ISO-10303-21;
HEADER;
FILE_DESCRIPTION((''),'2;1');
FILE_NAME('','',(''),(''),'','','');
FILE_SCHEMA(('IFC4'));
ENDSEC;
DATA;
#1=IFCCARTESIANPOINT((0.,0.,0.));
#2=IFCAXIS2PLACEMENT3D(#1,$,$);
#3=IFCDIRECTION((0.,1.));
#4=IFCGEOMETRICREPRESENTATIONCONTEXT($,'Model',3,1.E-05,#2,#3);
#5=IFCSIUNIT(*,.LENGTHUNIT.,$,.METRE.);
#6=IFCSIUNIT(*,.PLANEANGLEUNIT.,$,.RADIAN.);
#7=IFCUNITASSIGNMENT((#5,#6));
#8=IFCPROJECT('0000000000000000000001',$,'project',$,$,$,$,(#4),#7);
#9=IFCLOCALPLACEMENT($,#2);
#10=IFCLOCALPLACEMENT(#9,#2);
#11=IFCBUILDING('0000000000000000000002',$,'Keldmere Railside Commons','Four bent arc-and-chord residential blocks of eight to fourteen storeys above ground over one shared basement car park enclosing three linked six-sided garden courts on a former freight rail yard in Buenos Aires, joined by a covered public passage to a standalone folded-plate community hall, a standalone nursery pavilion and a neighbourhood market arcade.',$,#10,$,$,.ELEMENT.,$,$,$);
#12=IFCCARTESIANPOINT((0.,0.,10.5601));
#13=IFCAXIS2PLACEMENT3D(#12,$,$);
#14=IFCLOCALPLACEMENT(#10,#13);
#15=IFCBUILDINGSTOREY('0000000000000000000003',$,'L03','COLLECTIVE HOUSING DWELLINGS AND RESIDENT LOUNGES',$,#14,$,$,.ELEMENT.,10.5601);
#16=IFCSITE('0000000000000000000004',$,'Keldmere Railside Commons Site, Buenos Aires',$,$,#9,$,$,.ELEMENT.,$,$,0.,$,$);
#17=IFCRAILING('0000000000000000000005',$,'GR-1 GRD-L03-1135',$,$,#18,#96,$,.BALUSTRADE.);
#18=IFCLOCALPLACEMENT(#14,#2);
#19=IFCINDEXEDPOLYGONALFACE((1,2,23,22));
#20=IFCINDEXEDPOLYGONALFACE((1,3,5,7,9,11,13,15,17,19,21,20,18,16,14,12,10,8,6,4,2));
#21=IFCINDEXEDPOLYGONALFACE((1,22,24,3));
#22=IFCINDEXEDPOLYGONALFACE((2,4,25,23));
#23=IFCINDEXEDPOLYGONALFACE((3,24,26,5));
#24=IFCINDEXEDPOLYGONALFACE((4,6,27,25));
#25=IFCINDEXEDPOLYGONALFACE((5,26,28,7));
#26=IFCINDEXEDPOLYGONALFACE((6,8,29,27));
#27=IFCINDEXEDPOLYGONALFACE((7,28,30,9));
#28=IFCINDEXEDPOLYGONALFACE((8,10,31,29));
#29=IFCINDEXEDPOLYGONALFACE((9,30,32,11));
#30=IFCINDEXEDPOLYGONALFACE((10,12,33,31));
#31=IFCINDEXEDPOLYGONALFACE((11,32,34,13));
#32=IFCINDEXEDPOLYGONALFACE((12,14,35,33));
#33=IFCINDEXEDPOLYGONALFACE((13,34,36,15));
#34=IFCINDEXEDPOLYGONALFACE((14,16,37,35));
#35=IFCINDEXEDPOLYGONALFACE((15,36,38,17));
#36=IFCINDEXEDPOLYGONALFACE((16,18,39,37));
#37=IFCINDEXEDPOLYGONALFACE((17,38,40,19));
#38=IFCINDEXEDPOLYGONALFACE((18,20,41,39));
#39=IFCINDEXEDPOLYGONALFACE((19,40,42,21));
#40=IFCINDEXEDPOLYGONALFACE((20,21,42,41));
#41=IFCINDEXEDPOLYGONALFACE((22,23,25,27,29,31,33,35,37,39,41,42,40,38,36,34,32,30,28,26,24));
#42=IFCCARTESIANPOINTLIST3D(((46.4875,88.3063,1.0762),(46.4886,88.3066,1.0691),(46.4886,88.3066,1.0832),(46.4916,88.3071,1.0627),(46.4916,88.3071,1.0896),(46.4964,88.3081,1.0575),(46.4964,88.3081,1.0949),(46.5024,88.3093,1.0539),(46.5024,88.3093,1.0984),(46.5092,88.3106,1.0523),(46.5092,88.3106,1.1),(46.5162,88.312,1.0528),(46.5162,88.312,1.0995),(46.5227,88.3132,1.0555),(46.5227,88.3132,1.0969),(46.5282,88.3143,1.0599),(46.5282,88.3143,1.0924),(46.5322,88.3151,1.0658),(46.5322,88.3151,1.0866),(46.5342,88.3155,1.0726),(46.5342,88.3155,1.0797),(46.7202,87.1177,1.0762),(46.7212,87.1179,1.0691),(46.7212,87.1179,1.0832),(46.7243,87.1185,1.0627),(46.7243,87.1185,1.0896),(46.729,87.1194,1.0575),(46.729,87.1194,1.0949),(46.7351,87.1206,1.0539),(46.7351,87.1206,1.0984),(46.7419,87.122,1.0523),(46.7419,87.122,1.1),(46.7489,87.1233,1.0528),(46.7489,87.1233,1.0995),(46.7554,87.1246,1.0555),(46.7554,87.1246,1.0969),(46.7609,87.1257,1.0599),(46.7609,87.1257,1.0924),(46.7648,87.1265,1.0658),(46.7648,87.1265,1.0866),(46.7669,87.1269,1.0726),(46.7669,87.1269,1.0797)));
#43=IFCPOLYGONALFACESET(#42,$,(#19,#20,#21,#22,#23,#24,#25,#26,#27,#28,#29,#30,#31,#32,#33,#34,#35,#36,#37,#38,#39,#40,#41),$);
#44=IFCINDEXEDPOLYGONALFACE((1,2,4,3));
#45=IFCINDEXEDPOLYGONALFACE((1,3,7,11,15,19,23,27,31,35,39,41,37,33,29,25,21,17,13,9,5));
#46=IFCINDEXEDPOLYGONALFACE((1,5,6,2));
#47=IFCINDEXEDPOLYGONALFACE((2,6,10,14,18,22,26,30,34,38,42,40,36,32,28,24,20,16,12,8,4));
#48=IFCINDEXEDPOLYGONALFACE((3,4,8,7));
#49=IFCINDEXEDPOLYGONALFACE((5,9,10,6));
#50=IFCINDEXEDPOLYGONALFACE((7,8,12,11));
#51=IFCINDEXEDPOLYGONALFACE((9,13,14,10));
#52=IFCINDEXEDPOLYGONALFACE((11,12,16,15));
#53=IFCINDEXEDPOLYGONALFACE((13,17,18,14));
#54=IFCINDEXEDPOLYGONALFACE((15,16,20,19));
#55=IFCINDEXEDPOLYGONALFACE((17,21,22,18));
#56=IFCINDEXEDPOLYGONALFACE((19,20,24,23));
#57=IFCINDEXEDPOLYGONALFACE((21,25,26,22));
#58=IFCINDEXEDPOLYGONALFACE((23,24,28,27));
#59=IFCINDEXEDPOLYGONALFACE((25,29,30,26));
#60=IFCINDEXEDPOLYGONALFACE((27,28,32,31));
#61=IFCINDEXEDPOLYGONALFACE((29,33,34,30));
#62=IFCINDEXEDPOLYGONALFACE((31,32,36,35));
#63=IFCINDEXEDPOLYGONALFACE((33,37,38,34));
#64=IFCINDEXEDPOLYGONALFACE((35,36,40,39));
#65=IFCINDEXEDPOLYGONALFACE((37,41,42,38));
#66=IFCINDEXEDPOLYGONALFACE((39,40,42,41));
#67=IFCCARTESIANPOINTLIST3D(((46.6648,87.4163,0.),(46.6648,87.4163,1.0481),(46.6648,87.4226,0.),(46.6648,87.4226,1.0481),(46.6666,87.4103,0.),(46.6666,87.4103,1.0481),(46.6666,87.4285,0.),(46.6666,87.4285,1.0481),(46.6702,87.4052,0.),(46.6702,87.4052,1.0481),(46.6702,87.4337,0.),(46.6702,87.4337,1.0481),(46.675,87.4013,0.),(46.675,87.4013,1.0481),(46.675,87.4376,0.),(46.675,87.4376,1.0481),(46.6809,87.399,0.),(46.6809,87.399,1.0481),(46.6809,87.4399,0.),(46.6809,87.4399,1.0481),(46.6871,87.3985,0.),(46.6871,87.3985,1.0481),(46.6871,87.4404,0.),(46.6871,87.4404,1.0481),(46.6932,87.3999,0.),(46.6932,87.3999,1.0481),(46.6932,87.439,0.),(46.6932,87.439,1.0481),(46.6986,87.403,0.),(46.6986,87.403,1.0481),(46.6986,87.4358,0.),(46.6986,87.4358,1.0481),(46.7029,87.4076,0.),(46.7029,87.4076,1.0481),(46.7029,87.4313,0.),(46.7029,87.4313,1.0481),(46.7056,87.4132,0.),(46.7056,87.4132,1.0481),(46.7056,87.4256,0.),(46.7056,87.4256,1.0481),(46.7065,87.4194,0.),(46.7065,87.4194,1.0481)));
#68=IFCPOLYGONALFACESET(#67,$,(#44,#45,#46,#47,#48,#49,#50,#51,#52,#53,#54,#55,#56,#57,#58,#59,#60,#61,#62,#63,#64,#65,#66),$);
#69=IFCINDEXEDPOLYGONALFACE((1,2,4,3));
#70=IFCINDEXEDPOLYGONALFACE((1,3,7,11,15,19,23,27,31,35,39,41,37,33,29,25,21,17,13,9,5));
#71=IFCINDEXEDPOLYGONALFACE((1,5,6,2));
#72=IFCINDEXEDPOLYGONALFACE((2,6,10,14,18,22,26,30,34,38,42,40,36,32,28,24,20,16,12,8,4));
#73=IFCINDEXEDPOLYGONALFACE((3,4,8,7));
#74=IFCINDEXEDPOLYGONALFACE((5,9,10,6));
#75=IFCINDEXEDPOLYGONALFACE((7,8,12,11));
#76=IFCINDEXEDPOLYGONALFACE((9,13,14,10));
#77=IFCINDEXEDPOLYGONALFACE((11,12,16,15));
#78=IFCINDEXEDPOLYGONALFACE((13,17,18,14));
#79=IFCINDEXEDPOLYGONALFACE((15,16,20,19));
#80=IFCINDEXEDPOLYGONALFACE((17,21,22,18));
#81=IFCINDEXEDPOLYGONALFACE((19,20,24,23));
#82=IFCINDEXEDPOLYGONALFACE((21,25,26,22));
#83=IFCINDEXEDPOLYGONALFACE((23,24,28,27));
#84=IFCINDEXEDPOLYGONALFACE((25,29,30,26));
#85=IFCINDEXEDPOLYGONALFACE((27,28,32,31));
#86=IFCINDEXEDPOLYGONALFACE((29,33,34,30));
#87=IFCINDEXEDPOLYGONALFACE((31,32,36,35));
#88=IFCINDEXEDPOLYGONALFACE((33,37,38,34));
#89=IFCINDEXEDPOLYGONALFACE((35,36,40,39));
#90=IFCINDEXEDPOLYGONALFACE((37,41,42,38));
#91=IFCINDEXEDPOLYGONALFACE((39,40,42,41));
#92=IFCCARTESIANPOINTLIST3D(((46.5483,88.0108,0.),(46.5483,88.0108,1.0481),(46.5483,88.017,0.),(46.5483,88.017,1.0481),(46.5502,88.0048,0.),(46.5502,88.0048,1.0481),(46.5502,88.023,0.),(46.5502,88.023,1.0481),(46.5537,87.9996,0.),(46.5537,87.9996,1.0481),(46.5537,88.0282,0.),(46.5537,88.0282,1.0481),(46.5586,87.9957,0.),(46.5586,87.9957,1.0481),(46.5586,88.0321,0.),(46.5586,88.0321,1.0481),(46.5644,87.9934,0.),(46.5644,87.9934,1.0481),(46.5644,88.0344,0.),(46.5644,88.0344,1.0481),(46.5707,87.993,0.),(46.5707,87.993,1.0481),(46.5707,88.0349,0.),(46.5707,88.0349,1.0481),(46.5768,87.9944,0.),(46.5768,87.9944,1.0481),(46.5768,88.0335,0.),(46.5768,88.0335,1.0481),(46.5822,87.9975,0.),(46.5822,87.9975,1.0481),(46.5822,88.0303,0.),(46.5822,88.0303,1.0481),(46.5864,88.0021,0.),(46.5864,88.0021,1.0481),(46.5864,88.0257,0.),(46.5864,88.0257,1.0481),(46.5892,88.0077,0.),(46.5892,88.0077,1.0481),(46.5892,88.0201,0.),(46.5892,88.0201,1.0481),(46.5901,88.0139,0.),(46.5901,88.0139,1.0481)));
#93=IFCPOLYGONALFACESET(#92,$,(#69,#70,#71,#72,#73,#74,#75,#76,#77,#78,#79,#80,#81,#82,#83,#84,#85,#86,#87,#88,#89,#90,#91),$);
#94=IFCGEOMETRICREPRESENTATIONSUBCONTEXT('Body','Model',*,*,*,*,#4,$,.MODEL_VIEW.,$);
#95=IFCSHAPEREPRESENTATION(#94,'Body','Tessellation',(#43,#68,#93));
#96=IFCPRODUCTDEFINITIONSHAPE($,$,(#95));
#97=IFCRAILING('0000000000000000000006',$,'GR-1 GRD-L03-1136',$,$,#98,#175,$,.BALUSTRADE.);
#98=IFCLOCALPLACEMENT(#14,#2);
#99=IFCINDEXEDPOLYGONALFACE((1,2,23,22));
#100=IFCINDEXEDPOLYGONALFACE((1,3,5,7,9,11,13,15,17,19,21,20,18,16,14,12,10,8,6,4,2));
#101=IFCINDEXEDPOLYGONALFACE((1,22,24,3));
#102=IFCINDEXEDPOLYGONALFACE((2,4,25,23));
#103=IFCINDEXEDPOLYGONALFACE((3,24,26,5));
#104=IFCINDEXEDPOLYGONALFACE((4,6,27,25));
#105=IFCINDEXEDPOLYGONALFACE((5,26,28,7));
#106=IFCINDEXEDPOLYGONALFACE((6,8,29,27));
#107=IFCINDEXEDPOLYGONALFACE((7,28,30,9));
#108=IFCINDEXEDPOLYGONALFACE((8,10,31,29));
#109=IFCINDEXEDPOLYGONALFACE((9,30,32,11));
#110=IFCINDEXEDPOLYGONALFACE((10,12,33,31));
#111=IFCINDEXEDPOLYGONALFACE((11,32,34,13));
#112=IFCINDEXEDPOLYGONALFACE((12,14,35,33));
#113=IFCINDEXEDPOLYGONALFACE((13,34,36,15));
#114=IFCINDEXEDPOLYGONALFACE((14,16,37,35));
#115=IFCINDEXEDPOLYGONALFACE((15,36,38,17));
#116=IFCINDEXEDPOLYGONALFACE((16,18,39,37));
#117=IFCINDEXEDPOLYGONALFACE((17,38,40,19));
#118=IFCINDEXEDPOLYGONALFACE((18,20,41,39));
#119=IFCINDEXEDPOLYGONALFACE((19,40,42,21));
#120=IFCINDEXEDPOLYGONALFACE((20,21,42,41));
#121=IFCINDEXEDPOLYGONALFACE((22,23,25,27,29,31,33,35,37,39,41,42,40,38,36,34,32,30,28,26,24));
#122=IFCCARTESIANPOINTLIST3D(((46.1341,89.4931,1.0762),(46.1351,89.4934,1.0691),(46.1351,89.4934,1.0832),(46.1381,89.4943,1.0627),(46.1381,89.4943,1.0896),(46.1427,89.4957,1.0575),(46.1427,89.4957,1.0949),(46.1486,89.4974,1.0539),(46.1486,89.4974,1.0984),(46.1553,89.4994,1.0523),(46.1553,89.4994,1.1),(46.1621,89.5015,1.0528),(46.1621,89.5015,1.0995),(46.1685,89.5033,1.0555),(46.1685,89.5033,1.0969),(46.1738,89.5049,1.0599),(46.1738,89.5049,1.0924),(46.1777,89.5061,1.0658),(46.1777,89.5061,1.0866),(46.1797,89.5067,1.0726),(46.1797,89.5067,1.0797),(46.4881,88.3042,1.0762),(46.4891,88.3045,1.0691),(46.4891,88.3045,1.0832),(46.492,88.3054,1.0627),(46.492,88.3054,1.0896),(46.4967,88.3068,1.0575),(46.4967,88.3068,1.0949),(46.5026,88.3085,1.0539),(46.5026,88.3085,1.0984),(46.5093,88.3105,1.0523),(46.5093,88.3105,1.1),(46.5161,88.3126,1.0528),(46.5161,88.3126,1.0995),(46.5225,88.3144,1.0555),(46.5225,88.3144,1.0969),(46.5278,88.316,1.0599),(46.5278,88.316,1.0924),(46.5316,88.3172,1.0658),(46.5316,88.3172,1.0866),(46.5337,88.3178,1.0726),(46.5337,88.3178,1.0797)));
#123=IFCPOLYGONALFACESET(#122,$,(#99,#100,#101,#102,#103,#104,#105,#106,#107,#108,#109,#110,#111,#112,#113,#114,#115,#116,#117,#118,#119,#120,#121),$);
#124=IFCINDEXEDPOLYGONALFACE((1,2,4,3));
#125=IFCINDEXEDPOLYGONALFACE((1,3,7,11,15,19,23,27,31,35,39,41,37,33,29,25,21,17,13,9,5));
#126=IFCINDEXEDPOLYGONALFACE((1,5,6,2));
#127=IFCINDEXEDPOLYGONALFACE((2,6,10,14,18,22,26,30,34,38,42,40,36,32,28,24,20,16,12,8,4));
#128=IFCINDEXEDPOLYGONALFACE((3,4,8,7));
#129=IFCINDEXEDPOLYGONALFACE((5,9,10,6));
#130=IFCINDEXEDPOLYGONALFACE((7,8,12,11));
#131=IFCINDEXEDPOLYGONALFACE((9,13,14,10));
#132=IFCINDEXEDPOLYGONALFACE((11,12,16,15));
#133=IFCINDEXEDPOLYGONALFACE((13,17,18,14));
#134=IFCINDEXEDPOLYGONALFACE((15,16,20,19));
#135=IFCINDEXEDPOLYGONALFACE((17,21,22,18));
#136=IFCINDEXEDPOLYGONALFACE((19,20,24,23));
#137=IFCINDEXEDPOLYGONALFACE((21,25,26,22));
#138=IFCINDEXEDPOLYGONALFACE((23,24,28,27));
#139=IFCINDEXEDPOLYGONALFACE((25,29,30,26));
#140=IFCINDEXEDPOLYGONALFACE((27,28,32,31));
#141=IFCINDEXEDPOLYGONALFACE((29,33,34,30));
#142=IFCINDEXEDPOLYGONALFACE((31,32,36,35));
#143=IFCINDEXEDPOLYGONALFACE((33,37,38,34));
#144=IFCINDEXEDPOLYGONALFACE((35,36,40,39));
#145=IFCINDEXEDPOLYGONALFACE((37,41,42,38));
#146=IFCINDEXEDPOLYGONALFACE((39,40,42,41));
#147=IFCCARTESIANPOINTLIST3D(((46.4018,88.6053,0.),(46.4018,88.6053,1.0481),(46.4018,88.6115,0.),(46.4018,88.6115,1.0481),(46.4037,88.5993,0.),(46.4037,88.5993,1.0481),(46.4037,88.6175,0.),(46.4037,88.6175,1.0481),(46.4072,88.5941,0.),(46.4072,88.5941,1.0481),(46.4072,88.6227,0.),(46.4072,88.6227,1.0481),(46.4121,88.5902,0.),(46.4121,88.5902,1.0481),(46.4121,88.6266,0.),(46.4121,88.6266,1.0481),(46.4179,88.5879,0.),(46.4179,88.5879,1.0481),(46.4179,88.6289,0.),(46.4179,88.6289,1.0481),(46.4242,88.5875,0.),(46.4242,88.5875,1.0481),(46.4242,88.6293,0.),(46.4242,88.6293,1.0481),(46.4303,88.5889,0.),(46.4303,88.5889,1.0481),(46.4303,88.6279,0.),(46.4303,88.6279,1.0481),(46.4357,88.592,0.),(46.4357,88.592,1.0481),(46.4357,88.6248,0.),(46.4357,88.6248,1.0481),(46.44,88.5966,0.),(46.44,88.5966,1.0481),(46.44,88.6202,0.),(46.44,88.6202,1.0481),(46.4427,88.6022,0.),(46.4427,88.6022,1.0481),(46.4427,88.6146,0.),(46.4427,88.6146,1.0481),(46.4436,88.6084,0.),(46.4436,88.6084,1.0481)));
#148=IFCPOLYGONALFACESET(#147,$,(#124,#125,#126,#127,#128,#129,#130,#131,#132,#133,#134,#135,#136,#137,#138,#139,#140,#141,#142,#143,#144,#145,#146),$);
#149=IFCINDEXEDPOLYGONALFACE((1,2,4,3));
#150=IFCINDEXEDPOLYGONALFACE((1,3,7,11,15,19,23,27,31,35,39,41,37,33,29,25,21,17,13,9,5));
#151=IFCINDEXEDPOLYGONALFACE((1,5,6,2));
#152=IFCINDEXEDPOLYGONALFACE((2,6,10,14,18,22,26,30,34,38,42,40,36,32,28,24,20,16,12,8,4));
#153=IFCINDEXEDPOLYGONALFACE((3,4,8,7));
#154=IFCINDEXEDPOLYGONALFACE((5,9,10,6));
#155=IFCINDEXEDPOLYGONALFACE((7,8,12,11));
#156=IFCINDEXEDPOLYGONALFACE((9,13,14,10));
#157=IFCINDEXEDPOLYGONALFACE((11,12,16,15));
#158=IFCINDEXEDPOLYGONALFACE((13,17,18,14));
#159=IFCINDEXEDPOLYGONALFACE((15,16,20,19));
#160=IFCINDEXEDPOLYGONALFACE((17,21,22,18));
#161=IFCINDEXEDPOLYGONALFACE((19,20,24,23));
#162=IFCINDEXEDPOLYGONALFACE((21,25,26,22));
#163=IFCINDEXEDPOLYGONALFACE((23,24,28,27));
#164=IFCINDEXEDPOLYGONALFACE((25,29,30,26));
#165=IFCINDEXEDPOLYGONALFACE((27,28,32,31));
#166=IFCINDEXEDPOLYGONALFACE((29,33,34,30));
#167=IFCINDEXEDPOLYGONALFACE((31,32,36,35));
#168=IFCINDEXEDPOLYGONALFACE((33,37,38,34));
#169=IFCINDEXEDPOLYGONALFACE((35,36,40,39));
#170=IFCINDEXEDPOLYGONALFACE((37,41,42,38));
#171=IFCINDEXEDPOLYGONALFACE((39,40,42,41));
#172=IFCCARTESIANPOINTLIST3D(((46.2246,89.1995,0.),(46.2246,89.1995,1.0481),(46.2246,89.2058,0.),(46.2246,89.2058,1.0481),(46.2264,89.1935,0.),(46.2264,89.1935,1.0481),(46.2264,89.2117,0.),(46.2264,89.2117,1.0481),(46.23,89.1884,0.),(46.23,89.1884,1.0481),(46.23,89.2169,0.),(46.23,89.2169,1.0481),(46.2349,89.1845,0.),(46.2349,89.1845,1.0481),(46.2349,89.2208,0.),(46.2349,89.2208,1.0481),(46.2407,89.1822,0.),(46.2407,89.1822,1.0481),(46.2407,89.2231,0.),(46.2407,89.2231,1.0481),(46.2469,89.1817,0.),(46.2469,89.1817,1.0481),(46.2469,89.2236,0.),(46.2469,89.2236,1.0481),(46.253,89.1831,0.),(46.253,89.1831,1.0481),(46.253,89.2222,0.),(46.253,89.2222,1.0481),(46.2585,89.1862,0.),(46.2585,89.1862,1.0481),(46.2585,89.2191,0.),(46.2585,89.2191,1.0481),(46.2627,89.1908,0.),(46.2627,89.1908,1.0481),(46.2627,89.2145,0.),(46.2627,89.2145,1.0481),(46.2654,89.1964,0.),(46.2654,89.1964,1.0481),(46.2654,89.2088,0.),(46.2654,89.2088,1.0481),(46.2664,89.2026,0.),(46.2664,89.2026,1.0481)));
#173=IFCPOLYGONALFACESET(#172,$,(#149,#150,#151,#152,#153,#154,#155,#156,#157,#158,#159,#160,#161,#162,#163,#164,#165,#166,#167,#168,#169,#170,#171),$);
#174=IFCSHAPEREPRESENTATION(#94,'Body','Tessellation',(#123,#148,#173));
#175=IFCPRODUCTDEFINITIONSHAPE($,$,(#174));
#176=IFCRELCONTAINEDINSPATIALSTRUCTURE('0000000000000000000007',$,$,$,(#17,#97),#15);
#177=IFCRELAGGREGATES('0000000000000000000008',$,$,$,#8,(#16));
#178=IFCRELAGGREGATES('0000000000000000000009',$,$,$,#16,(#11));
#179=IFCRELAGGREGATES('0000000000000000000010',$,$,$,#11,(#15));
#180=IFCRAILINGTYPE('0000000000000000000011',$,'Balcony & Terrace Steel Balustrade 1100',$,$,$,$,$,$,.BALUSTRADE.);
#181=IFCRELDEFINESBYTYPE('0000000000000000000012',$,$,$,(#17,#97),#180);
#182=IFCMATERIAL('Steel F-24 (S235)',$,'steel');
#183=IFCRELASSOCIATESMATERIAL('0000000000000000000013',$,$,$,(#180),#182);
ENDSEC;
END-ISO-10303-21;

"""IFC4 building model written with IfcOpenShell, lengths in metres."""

from ifc_helpers import new_model, si_unit, direction, frame, origin, origin_2d, place, context, subcontext, project, spatial, circle, extrude, material, type_object, element, save


model = new_model("IFC4")

# Units and contexts
model_context = context("Model", 3, precision=1e-05, world=origin(), true_north=direction((0.0, 1.0)))
body_context = subcontext(model_context, "Body", "Model", "MODEL_VIEW")
ifc_project = project(units=[si_unit("LENGTHUNIT", "METRE"), si_unit("PLANEANGLEUNIT", "RADIAN")], contexts=[model_context])

# Site, building, storey
site_placement = place(None, origin())
site = spatial("IfcSite", under=ifc_project, at=site_placement, Name="Keldmere Railside Commons Site, Buenos Aires", CompositionType="ELEMENT", RefElevation=0.0)
building_placement = place(site_placement, origin())
building = spatial("IfcBuilding", under=site, at=building_placement, Name="Keldmere Railside Commons", Description="Four bent arc-and-chord residential blocks of eight to fourteen storeys above ground over one shared basement car park enclosing three linked six-sided garden courts on a former freight rail yard in Buenos Aires, joined by a covered public passage to a standalone folded-plate community hall, a standalone nursery pavilion and a neighbourhood market arcade.", CompositionType="ELEMENT")
storey_placement = place(building_placement, frame((0.0, 0.0, 10.5601)))
storey = spatial("IfcBuildingStorey", under=building, at=storey_placement, Name="L03", Description="COLLECTIVE HOUSING DWELLINGS AND RESIDENT LOUNGES", CompositionType="ELEMENT", Elevation=10.5601)

# Railings
ifc_material_1 = material(Name="Steel F-24 (S235)", Category="steel")
railing_type = type_object("IfcRailingType", Name="Balcony & Terrace Steel Balustrade 1100", PredefinedType="BALUSTRADE", material=ifc_material_1)
railing_1_placement = place(storey_placement, frame((46.7437, 87.1223, 0.0)))
element("IfcRailing", 1, at=railing_1_placement, inside=storey, type_object=railing_type, Name="GR-1 GRD-L03-1135", PredefinedType="BALUSTRADE", context=body_context, shape_type="SweptSolid", body=[
    extrude(circle(Radius=0.0239, at=origin_2d()), frame((0.0, 0.0, 1.0762), z_axis=(-0.192083, 0.981379, 0.0), x_axis=(-0.981379, -0.192083, 0.0)), (0.0, 0.0, 1.0), 1.2112),
    extrude(circle(Radius=0.021, at=origin_2d()), frame((-0.0581, 0.2971, 0.0)), (0.0, 0.0, 1.0), 1.0481),
    extrude(circle(Radius=0.021, at=origin_2d()), frame((-0.1746, 0.8916, 0.0)), (0.0, 0.0, 1.0), 1.0481),
])
railing_2_placement = place(storey_placement, frame((46.511, 88.311, 0.0)))
element("IfcRailing", 2, at=railing_2_placement, inside=storey, type_object=railing_type, Name="GR-1 GRD-L03-1136", PredefinedType="BALUSTRADE", context=body_context, shape_type="SweptSolid", body=[
    extrude(circle(Radius=0.0239, at=origin_2d()), frame((0.0, 0.0, 1.0762), z_axis=(-0.285361, 0.95842, 0.0), x_axis=(-0.95842, -0.285361, 0.0)), (0.0, 0.0, 1.0), 1.2405),
    extrude(circle(Radius=0.021, at=origin_2d()), frame((-0.0884, 0.2974, 0.0)), (0.0, 0.0, 1.0), 1.0481),
    extrude(circle(Radius=0.021, at=origin_2d()), frame((-0.2656, 0.8916, 0.0)), (0.0, 0.0, 1.0), 1.0481),
])

save(model, "model.ifc")
